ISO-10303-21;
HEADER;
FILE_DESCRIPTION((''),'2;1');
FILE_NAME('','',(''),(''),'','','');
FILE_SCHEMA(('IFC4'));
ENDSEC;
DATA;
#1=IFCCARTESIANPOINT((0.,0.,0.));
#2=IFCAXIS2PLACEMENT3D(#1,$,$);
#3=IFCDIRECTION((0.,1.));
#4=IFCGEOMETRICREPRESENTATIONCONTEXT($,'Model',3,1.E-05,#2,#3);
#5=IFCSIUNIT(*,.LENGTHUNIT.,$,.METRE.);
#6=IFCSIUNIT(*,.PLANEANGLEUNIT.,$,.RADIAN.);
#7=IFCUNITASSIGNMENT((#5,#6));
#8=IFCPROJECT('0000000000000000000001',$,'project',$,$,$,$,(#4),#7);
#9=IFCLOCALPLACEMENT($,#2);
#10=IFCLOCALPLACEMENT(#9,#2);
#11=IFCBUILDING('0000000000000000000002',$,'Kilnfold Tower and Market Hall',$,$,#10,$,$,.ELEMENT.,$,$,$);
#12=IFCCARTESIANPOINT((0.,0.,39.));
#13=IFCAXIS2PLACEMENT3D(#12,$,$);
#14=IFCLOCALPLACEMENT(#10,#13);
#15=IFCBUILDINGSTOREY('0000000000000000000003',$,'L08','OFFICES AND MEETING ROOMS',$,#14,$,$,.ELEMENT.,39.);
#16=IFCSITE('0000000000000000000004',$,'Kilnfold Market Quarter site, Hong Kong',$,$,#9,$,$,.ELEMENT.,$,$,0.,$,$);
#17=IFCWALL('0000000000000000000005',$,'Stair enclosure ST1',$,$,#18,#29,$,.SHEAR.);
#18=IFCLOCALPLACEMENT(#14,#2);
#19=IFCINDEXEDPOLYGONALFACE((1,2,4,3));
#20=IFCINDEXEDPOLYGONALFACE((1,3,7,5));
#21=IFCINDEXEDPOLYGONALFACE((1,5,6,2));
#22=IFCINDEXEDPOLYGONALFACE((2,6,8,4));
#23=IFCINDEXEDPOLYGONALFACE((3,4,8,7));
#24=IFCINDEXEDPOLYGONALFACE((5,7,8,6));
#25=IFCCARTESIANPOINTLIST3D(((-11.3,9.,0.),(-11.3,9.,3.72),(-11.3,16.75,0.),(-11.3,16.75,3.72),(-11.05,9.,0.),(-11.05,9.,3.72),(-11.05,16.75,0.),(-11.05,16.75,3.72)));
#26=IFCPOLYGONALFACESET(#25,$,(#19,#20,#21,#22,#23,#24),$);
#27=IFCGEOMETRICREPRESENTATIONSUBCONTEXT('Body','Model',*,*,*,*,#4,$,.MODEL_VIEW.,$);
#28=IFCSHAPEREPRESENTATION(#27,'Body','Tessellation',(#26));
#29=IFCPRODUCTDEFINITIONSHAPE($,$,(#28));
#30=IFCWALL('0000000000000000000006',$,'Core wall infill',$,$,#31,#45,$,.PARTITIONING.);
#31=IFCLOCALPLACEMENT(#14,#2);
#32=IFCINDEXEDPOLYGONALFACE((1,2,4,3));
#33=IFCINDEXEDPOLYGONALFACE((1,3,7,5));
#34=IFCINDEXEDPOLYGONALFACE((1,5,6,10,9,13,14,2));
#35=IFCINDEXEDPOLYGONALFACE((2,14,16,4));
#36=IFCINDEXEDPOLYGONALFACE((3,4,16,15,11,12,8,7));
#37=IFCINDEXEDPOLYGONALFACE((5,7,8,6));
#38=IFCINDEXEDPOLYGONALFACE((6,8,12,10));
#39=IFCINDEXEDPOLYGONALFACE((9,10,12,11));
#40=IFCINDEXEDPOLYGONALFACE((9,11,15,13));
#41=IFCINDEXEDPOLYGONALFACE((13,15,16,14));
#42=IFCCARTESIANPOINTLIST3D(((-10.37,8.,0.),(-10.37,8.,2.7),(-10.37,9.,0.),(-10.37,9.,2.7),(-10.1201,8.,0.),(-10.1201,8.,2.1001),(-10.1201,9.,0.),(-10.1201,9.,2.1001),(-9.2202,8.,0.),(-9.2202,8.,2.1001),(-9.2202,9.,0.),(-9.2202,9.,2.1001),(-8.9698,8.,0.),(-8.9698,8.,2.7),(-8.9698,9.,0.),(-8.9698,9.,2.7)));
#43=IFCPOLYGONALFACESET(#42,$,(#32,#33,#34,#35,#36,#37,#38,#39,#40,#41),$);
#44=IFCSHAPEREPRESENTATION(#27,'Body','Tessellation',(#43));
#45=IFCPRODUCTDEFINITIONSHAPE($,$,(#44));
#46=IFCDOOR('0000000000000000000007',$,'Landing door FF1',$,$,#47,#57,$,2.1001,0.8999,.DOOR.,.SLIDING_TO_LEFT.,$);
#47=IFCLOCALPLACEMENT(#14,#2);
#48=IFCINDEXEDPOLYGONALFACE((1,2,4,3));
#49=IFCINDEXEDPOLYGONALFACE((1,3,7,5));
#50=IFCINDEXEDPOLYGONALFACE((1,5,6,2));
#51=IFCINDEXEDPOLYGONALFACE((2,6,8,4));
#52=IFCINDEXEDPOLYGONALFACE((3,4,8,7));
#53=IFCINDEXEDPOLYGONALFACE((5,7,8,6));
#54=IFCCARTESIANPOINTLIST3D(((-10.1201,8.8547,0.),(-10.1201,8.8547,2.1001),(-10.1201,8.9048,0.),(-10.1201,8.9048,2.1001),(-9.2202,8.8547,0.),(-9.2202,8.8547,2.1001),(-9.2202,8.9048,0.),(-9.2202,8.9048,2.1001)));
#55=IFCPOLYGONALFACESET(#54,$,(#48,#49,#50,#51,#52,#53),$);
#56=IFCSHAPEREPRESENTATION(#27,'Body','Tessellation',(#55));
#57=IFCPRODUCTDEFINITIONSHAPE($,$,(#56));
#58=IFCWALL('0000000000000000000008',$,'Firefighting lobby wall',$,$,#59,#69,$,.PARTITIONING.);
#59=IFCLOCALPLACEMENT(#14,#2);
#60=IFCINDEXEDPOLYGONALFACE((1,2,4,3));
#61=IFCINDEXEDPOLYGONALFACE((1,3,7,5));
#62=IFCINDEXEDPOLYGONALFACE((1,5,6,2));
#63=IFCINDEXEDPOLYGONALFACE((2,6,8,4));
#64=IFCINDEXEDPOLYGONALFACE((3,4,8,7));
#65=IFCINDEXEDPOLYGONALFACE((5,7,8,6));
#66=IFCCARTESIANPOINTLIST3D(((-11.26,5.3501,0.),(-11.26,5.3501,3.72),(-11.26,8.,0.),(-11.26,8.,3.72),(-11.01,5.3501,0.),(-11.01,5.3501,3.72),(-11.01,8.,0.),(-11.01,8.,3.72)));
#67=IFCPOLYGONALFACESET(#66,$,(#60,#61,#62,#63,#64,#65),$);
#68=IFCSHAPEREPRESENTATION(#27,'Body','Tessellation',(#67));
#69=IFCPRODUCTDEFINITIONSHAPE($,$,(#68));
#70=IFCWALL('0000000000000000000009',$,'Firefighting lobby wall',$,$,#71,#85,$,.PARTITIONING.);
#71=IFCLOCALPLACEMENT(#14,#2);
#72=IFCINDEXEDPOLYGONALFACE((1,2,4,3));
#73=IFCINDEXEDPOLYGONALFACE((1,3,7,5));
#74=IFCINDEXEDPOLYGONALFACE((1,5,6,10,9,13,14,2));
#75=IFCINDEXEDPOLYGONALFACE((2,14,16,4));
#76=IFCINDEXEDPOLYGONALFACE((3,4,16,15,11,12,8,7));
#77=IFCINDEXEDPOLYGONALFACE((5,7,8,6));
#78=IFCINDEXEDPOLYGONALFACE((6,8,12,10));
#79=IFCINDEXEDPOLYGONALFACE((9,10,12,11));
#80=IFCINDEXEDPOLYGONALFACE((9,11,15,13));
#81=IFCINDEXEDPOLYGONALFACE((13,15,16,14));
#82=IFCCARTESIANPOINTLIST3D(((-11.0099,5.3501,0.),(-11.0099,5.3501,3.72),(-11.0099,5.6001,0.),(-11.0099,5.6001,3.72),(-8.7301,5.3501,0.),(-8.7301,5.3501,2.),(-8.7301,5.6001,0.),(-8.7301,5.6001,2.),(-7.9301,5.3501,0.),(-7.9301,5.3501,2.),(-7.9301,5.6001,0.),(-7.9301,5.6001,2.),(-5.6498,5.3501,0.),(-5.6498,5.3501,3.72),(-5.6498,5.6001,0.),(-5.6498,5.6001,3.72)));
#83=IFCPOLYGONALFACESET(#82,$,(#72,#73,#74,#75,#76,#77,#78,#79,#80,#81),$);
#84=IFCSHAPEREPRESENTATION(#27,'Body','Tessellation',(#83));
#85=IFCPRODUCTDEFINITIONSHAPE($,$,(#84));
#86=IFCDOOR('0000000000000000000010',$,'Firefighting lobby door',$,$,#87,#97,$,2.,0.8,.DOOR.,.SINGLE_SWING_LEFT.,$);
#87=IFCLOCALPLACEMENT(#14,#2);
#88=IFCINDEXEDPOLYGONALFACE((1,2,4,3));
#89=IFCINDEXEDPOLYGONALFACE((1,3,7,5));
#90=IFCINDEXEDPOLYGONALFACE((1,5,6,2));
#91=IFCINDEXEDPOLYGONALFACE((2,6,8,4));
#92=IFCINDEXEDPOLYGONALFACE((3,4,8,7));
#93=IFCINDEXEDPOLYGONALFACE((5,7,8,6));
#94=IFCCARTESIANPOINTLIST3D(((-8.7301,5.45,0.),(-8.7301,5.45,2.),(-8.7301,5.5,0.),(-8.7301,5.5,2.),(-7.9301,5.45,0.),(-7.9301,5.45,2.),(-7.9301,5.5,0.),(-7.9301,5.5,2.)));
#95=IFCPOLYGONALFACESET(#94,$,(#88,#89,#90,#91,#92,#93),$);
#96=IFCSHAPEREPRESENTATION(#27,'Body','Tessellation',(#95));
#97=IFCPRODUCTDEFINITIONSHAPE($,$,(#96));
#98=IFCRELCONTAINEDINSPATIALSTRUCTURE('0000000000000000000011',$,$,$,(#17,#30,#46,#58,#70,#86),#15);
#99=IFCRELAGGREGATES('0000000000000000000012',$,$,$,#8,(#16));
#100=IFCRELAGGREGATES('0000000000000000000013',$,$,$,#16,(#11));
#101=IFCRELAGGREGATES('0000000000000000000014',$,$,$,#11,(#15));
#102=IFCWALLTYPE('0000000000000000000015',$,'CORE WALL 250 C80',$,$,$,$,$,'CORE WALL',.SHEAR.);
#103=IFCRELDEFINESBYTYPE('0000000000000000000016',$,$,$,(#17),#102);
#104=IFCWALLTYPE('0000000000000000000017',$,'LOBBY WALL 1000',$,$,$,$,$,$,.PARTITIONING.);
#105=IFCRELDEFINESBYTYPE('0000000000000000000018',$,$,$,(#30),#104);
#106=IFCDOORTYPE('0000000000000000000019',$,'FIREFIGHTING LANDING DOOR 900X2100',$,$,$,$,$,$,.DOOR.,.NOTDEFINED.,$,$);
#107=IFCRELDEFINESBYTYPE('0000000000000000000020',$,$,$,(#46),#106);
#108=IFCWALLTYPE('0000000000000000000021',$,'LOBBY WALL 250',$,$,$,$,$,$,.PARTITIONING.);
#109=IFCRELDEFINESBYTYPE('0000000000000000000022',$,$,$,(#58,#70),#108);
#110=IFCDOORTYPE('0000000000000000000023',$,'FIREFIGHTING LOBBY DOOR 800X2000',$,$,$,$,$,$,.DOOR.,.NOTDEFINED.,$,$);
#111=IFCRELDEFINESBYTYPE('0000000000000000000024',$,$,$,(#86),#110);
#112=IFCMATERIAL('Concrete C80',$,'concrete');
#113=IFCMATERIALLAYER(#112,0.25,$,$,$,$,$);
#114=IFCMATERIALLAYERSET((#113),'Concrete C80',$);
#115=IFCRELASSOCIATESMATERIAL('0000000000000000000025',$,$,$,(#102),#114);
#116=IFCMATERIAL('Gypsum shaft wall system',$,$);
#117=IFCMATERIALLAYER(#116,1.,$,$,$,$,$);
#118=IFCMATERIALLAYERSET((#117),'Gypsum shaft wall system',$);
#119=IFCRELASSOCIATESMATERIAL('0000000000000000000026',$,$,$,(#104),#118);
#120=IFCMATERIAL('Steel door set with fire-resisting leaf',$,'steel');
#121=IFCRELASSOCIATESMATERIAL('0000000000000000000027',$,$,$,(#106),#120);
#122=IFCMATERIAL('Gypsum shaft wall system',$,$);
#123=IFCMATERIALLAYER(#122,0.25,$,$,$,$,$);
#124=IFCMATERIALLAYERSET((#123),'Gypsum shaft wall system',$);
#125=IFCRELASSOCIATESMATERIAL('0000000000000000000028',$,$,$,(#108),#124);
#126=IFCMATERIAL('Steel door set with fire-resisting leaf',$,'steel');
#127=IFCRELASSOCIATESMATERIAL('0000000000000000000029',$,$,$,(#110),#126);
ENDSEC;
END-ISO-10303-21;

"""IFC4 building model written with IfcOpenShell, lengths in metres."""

from ifc_helpers import new_model, si_unit, direction, frame, frame_2d, origin, place, context, subcontext, project, spatial, rectangle, extrude, source, transform, mapped, material, layer, layer_set, type_object, element, fill, save


model = new_model("IFC4")

# Units and contexts
model_context = context("Model", 3, precision=1e-05, world=origin(), true_north=direction((0.0, 1.0)))
body_context = subcontext(model_context, "Body", "Model", "MODEL_VIEW")
ifc_project = project(units=[si_unit("LENGTHUNIT", "METRE"), si_unit("PLANEANGLEUNIT", "RADIAN")], contexts=[model_context])

# Site, building, storey
site_placement = place(None, origin())
site = spatial("IfcSite", under=ifc_project, at=site_placement, Name="Kilnfold Market Quarter site, Hong Kong", CompositionType="ELEMENT", RefElevation=0.0)
building_placement = place(site_placement, origin())
building = spatial("IfcBuilding", under=site, at=building_placement, Name="Kilnfold Tower and Market Hall", CompositionType="ELEMENT")
storey_placement = place(building_placement, frame((0.0, 0.0, 39.0)))
storey = spatial("IfcBuildingStorey", under=building, at=storey_placement, Name="L08", Description="OFFICES AND MEETING ROOMS", CompositionType="ELEMENT", Elevation=39.0)

# Wall
ifc_material_1 = material(Name="Concrete C80", Category="concrete")
ifc_layer_1 = layer(ifc_material_1, 0.25)
ifc_layer_set_1 = layer_set([ifc_layer_1], Name="Concrete C80")
wall_type_1 = type_object("IfcWallType", Name="CORE WALL 250 C80", ElementType="CORE WALL", PredefinedType="SHEAR", material=ifc_layer_set_1)
shared_shape_1 = source(origin(), body_context, "Body", "SweptSolid", [
    extrude(rectangle(XDim=7.75, YDim=0.25, at=frame_2d((3.875, 0.0))), origin(), (0.0, 0.0, 1.0), 3.72),
])
wall_1_placement = place(storey_placement, frame((-11.175, 9.0, 0.0), z_axis=(0.0, 0.0, 1.0), x_axis=(0.0, 1.0, 0.0)))
element("IfcWall", 1, at=wall_1_placement, inside=storey, type_object=wall_type_1, Name="Stair enclosure ST1", PredefinedType="SHEAR", context=body_context, shape_type="MappedRepresentation", body=[
    mapped(shared_shape_1, transform((0.0, 0.0, 0.0))),
])

# Wall, opening, door
ifc_material_2 = material(Name="Gypsum shaft wall system")
ifc_layer_2 = layer(ifc_material_2, 1.0)
ifc_layer_set_2 = layer_set([ifc_layer_2], Name="Gypsum shaft wall system")
wall_type_2 = type_object("IfcWallType", Name="LOBBY WALL 1000", PredefinedType="PARTITIONING", material=ifc_layer_set_2)
shared_shape_2 = source(origin(), body_context, "Body", "SweptSolid", [
    extrude(rectangle(XDim=1.4001, YDim=1.0, at=frame_2d((0.7002, 0.0))), origin(), (0.0, 0.0, 1.0), 2.7),
])
wall_2_placement = place(storey_placement, frame((-10.3701, 8.5, 0.0), z_axis=(0.0, 0.0, 1.0), x_axis=(1.0, 0.0, 0.0)))
wall_2 = element("IfcWall", 2, at=wall_2_placement, inside=storey, type_object=wall_type_2, Name="Core wall infill", PredefinedType="PARTITIONING", context=body_context, shape_type="MappedRepresentation", body=[
    mapped(shared_shape_2, transform((0.0, 0.0, 0.0))),
])
opening_1_placement = place(wall_2_placement, frame((0.25, 0.0, 0.0)))
opening_1 = element("IfcOpeningElement", 3, at=opening_1_placement, cuts=wall_2, PredefinedType="OPENING", context=body_context, shape_type="SweptSolid", body=[
    extrude(rectangle(XDim=0.8999, YDim=2.1001, at=frame_2d((0.45, 1.05))), frame((0.0, 0.51, 0.0), z_axis=(0.0, -1.0, 0.0), x_axis=(1.0, 0.0, 0.0)), (0.0, 0.0, 1.0), 1.02),
])
ifc_material_3 = material(Name="Steel door set with fire-resisting leaf", Category="steel")
door_type_1 = type_object("IfcDoorType", Name="FIREFIGHTING LANDING DOOR 900X2100", OperationType="NOTDEFINED", PredefinedType="DOOR", material=ifc_material_3)
door_1_placement = place(opening_1_placement, origin())
door_1 = element("IfcDoor", 4, at=door_1_placement, inside=storey, type_object=door_type_1, Name="Landing door FF1", OperationType="SLIDING_TO_LEFT", OverallHeight=2.1001, OverallWidth=0.8999, PredefinedType="DOOR", context=body_context, shape_type="SweptSolid", body=[
    extrude(rectangle(XDim=0.8999, YDim=2.1001, at=frame_2d((0.45, 1.05))), frame((0.0, 0.4048, 0.0), z_axis=(0.0, -1.0, 0.0), x_axis=(1.0, 0.0, 0.0)), (0.0, 0.0, 1.0), 0.05),
])
fill(opening_1, door_1)

# Wall
ifc_material_4 = material(Name="Gypsum shaft wall system")
ifc_layer_3 = layer(ifc_material_4, 0.25)
ifc_layer_set_3 = layer_set([ifc_layer_3], Name="Gypsum shaft wall system")
wall_type_3 = type_object("IfcWallType", Name="LOBBY WALL 250", PredefinedType="PARTITIONING", material=ifc_layer_set_3)
shared_shape_3 = source(origin(), body_context, "Body", "SweptSolid", [
    extrude(rectangle(XDim=2.6499, YDim=0.25, at=frame_2d((1.325, 0.0))), origin(), (0.0, 0.0, 1.0), 3.72),
])
wall_3_placement = place(storey_placement, frame((-11.135, 5.3501, 0.0), z_axis=(0.0, 0.0, 1.0), x_axis=(0.0, 1.0, 0.0)))
element("IfcWall", 5, at=wall_3_placement, inside=storey, type_object=wall_type_3, Name="Firefighting lobby wall", PredefinedType="PARTITIONING", context=body_context, shape_type="MappedRepresentation", body=[
    mapped(shared_shape_3, transform((0.0, 0.0, 0.0))),
])

# Wall, opening, door
shared_shape_4 = source(origin(), body_context, "Body", "SweptSolid", [
    extrude(rectangle(XDim=5.3601, YDim=0.25, at=frame_2d((2.6802, 0.0))), origin(), (0.0, 0.0, 1.0), 3.72),
])
wall_4_placement = place(storey_placement, frame((-11.01, 5.4751, 0.0), z_axis=(0.0, 0.0, 1.0), x_axis=(1.0, 0.0, 0.0)))
wall_4 = element("IfcWall", 6, at=wall_4_placement, inside=storey, type_object=wall_type_3, Name="Firefighting lobby wall", PredefinedType="PARTITIONING", context=body_context, shape_type="MappedRepresentation", body=[
    mapped(shared_shape_4, transform((0.0, 0.0, 0.0))),
])
opening_2_placement = place(wall_4_placement, frame((2.28, 0.0, 0.0)))
opening_2 = element("IfcOpeningElement", 7, at=opening_2_placement, cuts=wall_4, PredefinedType="OPENING", context=body_context, shape_type="SweptSolid", body=[
    extrude(rectangle(XDim=0.8, YDim=2.0, at=frame_2d((0.3999, 1.0))), frame((0.0, 0.135, 0.0), z_axis=(0.0, -1.0, 0.0), x_axis=(1.0, 0.0, 0.0)), (0.0, 0.0, 1.0), 0.27),
])
ifc_material_5 = material(Name="Steel door set with fire-resisting leaf", Category="steel")
door_type_2 = type_object("IfcDoorType", Name="FIREFIGHTING LOBBY DOOR 800X2000", OperationType="NOTDEFINED", PredefinedType="DOOR", material=ifc_material_5)
door_2_placement = place(opening_2_placement, origin())
door_2 = element("IfcDoor", 8, at=door_2_placement, inside=storey, type_object=door_type_2, Name="Firefighting lobby door", OperationType="SINGLE_SWING_LEFT", OverallHeight=2.0, OverallWidth=0.8, PredefinedType="DOOR", context=body_context, shape_type="SweptSolid", body=[
    extrude(rectangle(XDim=0.8, YDim=2.0, at=frame_2d((0.3999, 1.0))), frame((0.0, 0.0249, 0.0), z_axis=(0.0, -1.0, 0.0), x_axis=(1.0, 0.0, 0.0)), (0.0, 0.0, 1.0), 0.05),
])
fill(opening_2, door_2)

save(model, "model.ifc")
